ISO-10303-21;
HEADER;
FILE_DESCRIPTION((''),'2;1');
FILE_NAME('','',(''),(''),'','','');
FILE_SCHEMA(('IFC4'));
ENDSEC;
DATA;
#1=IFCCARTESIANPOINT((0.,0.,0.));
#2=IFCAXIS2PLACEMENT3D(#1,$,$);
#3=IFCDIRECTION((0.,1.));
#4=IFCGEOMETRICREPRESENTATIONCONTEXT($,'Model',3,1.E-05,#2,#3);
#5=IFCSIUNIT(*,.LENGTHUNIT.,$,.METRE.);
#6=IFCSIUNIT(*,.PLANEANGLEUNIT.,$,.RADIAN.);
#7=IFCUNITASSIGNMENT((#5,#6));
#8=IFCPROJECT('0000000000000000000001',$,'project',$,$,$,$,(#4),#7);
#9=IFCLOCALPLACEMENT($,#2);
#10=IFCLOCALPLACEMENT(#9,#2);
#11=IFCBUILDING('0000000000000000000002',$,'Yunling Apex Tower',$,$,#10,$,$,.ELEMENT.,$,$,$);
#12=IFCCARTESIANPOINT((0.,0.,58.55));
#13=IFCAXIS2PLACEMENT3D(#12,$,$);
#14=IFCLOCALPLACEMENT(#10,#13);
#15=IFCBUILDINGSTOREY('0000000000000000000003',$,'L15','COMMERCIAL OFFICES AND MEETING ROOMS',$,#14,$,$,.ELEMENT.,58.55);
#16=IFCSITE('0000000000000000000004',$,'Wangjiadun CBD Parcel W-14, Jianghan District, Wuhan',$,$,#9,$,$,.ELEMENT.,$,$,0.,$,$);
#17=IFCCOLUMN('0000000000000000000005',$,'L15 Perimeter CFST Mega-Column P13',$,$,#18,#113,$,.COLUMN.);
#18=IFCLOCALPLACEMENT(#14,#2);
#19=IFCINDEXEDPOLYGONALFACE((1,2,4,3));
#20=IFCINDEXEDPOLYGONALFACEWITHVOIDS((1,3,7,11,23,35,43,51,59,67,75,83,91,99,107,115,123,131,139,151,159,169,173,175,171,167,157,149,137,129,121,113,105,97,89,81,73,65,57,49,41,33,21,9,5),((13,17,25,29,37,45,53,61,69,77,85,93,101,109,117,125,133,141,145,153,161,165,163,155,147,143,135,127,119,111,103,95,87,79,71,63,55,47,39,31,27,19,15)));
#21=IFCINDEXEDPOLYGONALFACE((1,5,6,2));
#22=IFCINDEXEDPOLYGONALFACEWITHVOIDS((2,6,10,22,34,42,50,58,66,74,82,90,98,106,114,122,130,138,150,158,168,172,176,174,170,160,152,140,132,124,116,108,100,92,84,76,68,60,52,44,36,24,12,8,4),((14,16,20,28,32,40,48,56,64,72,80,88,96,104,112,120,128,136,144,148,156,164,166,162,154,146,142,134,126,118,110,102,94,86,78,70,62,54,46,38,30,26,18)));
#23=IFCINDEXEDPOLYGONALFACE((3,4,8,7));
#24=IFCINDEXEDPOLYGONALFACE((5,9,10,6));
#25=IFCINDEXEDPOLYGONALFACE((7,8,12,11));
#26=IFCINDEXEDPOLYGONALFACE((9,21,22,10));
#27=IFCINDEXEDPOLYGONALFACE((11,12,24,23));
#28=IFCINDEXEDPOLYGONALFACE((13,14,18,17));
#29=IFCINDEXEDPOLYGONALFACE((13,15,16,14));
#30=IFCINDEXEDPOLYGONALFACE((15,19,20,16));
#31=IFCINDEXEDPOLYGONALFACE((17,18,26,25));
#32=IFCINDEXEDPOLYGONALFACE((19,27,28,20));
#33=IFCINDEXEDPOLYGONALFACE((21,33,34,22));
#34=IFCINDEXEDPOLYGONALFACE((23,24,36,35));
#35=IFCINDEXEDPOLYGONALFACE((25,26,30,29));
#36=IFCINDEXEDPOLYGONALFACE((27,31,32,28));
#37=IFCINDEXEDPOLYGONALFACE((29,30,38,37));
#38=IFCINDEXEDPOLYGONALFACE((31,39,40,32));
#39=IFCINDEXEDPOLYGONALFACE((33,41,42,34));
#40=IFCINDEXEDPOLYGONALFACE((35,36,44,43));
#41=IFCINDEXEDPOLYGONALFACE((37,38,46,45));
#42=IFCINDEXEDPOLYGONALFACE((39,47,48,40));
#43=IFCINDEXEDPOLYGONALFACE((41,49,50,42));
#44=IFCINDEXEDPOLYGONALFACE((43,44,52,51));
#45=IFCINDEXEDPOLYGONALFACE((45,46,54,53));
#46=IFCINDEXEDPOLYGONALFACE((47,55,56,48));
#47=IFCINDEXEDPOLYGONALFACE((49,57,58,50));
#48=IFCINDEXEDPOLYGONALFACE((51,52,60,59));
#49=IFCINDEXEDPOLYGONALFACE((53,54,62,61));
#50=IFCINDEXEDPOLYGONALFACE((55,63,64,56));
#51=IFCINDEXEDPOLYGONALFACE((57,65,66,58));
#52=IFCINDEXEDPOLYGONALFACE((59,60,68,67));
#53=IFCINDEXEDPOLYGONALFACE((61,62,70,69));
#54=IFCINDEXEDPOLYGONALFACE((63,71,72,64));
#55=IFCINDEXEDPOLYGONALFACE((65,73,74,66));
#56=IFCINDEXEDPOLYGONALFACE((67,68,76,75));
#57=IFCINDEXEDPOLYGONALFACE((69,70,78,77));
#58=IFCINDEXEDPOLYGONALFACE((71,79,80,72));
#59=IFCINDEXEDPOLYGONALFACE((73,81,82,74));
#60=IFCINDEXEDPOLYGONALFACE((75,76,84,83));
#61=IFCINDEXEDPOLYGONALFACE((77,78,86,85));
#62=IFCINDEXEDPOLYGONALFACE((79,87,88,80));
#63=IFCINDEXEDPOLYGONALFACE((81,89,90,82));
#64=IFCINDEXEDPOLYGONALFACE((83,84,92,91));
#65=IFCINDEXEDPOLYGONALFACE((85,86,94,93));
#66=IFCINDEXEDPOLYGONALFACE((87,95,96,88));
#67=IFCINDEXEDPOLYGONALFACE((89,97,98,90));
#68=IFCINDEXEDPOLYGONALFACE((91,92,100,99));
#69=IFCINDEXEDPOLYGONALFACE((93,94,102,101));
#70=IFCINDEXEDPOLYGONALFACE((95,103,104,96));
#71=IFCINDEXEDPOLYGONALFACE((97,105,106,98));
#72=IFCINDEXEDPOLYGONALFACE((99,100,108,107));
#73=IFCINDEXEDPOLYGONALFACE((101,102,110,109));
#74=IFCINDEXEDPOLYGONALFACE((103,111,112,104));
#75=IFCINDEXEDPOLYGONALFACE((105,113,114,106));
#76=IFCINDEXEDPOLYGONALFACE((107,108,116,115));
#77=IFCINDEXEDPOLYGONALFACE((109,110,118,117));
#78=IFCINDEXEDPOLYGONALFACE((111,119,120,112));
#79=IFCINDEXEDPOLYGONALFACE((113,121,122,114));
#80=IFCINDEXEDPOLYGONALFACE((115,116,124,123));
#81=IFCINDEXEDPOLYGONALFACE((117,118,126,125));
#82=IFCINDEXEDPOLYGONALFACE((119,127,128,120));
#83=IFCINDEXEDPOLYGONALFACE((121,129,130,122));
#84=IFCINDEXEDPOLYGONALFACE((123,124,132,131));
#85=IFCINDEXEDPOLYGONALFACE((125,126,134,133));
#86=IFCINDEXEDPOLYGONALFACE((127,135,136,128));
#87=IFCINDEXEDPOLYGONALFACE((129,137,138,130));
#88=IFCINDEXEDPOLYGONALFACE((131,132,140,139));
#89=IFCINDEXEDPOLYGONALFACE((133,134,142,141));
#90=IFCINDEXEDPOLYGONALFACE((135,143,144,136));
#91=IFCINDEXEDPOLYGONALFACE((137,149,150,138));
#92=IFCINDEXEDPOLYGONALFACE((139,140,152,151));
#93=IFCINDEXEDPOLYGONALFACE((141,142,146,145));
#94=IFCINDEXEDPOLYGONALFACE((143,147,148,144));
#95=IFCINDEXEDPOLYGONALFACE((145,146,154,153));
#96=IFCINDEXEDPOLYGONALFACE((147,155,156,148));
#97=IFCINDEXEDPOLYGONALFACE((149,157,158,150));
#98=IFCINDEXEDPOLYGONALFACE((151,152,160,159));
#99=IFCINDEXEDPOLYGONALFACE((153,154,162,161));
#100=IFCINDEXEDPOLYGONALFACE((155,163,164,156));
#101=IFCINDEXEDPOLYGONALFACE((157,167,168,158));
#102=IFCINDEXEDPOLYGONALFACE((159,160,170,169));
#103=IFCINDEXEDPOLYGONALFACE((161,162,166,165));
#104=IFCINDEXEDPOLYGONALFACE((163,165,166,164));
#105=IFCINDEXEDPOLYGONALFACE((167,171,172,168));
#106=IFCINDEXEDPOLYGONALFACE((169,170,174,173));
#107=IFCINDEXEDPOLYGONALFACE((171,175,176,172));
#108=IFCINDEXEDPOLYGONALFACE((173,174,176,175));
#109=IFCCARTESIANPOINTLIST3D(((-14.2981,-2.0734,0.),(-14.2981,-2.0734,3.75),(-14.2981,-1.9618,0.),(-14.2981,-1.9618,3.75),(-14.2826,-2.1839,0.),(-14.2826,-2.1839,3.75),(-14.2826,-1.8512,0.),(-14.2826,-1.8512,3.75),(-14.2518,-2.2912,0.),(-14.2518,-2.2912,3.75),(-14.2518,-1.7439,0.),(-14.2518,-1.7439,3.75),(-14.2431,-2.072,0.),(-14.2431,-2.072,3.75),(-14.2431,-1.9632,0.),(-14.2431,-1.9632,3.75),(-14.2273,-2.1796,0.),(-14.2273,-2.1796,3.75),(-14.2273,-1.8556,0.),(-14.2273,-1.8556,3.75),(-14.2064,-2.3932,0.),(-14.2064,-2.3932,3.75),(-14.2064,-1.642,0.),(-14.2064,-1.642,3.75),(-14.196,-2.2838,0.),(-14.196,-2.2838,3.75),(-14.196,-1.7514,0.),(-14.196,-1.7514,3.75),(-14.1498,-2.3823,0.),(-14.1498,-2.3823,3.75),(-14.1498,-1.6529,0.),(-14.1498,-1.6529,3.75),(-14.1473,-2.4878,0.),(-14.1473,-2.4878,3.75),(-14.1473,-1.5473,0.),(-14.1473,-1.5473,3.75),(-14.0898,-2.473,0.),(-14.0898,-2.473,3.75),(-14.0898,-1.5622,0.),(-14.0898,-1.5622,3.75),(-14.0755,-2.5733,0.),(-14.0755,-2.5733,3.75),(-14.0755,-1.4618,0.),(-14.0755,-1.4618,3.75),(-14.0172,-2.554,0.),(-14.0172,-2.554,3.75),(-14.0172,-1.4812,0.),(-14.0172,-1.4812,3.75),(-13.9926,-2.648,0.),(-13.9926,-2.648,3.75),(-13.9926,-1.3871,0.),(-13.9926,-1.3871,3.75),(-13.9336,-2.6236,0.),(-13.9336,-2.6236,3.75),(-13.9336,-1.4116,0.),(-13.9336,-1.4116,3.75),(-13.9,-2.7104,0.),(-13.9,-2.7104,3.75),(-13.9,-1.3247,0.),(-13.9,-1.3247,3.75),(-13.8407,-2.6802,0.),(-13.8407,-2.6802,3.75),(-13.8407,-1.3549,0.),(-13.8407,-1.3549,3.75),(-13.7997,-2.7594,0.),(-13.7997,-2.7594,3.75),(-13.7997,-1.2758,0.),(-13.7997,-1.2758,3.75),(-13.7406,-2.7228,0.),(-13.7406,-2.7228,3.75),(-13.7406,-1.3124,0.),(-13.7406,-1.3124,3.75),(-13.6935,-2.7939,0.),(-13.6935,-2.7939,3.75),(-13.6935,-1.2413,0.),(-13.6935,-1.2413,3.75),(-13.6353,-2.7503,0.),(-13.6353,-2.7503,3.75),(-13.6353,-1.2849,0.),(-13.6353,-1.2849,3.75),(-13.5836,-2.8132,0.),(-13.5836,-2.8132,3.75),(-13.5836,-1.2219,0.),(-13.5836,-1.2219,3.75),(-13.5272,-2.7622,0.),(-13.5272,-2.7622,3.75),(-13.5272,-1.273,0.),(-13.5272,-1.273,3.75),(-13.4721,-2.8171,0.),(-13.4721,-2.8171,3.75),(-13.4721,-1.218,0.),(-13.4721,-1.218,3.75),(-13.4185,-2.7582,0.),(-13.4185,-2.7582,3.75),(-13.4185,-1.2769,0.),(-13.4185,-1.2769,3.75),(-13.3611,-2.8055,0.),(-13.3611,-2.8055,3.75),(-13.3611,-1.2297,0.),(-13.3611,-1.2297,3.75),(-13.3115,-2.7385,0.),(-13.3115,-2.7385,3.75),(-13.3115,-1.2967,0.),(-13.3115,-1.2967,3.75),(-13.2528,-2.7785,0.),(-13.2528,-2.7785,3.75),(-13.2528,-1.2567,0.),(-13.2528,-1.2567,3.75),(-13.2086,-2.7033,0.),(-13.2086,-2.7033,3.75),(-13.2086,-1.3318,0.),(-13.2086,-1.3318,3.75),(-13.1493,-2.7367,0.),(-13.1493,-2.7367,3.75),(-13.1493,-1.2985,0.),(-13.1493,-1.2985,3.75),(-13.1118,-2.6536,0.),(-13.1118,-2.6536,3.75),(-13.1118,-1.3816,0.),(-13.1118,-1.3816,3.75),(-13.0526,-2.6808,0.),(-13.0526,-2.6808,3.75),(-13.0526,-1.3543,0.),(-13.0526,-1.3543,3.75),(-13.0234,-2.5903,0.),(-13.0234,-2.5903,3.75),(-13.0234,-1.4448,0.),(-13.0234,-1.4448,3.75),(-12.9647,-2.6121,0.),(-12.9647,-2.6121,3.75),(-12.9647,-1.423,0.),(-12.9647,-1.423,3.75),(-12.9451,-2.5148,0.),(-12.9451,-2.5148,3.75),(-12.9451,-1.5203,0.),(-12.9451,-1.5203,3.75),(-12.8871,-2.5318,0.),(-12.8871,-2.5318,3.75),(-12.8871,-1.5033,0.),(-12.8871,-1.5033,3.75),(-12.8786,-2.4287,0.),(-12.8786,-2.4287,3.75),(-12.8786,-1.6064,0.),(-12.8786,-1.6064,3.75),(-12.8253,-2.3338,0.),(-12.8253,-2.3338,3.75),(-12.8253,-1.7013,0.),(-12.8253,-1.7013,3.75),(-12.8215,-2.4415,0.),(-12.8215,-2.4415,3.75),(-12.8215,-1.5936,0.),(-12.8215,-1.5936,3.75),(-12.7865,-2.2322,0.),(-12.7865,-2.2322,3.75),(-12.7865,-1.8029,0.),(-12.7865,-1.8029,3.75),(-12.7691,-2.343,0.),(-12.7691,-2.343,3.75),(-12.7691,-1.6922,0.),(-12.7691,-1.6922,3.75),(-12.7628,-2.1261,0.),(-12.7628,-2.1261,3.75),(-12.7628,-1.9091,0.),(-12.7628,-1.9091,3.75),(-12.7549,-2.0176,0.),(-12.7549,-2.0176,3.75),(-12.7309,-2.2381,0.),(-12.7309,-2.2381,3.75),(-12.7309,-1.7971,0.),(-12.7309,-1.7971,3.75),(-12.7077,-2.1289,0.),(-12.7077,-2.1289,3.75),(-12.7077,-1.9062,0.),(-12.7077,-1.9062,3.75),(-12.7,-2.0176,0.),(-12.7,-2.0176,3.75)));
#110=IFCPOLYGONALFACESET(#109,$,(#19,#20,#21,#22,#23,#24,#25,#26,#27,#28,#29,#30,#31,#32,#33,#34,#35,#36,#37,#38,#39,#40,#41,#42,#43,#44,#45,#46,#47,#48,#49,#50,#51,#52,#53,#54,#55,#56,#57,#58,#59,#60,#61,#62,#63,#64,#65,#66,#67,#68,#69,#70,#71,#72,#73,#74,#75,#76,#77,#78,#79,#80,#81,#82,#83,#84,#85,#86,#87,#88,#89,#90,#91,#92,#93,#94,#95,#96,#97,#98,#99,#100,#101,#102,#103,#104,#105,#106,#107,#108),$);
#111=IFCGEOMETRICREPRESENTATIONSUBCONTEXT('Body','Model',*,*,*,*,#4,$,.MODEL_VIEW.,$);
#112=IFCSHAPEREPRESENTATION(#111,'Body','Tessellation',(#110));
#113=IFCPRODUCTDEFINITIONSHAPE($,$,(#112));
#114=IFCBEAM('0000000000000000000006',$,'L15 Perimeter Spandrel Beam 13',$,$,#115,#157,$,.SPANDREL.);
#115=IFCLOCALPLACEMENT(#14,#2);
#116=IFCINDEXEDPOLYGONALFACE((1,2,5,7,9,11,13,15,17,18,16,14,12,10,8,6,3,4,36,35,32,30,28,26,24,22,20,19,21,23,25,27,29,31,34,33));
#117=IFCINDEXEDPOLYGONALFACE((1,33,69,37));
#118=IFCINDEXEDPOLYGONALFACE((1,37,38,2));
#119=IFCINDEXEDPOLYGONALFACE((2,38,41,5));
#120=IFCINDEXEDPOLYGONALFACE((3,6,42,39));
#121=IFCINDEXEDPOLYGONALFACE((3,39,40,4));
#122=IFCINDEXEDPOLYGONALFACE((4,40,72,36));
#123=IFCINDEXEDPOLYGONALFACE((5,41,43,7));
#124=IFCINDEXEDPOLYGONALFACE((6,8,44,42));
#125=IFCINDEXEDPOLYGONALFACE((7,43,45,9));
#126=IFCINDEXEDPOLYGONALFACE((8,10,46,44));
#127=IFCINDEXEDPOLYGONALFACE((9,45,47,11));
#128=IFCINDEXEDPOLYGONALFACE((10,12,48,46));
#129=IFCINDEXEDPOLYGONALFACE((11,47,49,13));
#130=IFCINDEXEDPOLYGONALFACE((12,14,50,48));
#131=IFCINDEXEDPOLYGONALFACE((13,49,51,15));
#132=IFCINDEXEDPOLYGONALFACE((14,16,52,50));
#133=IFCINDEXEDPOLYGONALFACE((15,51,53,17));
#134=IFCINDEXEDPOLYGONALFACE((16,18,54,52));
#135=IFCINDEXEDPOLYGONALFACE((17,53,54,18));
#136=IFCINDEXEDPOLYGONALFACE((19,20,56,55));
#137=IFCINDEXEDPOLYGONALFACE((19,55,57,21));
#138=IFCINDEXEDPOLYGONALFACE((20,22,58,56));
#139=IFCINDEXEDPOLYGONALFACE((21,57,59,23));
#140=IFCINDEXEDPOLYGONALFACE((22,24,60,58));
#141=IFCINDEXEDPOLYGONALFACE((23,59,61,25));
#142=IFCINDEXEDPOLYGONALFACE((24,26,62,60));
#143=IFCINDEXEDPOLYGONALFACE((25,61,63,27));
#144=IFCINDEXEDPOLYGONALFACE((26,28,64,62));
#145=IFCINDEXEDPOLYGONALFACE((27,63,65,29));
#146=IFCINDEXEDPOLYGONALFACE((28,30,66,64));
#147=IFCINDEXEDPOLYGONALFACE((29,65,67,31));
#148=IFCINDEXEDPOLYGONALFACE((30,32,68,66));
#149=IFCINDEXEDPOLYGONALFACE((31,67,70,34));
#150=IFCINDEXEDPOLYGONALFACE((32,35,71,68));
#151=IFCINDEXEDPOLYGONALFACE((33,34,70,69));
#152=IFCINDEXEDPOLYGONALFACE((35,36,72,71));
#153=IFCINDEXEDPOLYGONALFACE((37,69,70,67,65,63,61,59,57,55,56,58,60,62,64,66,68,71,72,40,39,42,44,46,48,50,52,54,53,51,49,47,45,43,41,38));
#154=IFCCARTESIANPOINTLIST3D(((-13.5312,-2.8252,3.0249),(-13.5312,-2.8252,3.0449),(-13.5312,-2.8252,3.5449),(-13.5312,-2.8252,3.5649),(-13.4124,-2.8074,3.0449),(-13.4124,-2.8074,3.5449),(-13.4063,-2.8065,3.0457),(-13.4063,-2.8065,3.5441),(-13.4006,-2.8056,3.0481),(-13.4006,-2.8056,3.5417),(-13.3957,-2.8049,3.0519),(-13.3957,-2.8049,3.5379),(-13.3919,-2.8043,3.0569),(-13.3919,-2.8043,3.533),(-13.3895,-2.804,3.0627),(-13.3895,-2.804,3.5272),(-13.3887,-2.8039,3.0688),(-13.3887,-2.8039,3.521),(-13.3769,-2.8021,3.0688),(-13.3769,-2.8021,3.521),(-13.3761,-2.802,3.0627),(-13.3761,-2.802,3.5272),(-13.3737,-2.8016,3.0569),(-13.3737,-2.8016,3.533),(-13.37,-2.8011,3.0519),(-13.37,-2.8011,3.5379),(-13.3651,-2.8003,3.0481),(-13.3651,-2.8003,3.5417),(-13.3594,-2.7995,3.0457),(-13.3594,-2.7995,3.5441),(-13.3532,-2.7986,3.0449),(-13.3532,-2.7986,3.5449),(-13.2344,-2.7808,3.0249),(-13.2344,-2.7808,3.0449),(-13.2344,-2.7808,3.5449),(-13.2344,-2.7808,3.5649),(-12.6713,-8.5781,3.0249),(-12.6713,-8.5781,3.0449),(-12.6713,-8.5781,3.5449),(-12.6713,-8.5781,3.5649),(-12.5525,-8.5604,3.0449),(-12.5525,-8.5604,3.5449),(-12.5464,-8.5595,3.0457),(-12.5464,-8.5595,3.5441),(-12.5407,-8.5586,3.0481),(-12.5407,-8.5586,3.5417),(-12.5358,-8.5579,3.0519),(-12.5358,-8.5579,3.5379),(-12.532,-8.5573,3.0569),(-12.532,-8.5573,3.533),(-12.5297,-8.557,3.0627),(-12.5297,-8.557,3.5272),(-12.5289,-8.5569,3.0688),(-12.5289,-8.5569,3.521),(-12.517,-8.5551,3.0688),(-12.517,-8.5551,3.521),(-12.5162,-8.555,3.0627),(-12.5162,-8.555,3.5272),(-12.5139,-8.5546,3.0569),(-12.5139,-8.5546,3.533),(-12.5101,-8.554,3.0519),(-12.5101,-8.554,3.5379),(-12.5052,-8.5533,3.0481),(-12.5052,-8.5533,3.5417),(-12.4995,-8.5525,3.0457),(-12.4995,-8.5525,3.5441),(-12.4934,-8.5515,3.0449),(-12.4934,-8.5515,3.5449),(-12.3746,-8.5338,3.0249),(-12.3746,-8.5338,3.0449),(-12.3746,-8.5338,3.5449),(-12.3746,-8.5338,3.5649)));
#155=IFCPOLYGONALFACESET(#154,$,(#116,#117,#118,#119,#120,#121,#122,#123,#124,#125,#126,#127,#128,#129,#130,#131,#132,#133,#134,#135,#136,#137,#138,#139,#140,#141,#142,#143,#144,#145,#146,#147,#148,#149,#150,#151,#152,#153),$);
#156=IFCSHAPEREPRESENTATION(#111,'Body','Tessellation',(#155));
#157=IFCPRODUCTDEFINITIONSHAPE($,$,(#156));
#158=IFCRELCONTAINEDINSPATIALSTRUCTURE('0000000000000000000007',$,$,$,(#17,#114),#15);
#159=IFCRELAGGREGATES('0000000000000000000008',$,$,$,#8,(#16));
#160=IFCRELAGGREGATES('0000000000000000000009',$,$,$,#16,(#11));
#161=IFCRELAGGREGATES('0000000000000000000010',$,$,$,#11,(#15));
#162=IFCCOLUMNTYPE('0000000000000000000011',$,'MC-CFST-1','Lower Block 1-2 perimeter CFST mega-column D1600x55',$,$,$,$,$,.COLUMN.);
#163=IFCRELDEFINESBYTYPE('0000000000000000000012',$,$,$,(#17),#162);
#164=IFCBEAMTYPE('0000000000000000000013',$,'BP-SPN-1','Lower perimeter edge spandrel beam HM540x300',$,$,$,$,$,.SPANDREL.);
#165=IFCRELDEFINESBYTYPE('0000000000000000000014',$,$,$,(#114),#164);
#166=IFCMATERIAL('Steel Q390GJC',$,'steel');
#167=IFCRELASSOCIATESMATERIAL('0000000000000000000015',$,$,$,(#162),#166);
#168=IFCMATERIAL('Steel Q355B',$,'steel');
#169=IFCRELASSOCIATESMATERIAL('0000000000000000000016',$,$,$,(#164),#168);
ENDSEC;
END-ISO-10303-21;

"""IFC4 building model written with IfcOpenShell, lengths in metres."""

from ifc_helpers import new_model, si_unit, direction, frame, origin, origin_2d, place, context, subcontext, project, spatial, hollow_circle, i_section, extrude, source, transform, mapped, material, material_profile, profile_set, type_object, element, save


model = new_model("IFC4")

# Units and contexts
model_context = context("Model", 3, precision=1e-05, world=origin(), true_north=direction((0.0, 1.0)))
body_context = subcontext(model_context, "Body", "Model", "MODEL_VIEW")
ifc_project = project(units=[si_unit("LENGTHUNIT", "METRE"), si_unit("PLANEANGLEUNIT", "RADIAN")], contexts=[model_context])

# Site, building, storey
site_placement = place(None, origin())
site = spatial("IfcSite", under=ifc_project, at=site_placement, Name="Wangjiadun CBD Parcel W-14, Jianghan District, Wuhan", CompositionType="ELEMENT", RefElevation=0.0)
building_placement = place(site_placement, origin())
building = spatial("IfcBuilding", under=site, at=building_placement, Name="Yunling Apex Tower", CompositionType="ELEMENT")
storey_placement = place(building_placement, frame((0.0, 0.0, 58.55)))
storey = spatial("IfcBuildingStorey", under=building, at=storey_placement, Name="L15", Description="COMMERCIAL OFFICES AND MEETING ROOMS", CompositionType="ELEMENT", Elevation=58.55)

# Column
ifc_material_1 = material(Name="Steel Q390GJC", Category="steel")
ifc_material_profile_1 = material_profile(ifc_material_1, hollow_circle(Radius=0.8, WallThickness=0.0549, at=origin_2d()))
ifc_profile_set_1 = profile_set([ifc_material_profile_1], Name="Steel Q390GJC")
column_type = type_object("IfcColumnType", Name="MC-CFST-1", Description="Lower Block 1-2 perimeter CFST mega-column D1600x55", PredefinedType="COLUMN", material=ifc_profile_set_1)
shared_shape_1 = source(origin(), body_context, "Body", "SweptSolid", [
    extrude(hollow_circle(Radius=0.8, WallThickness=0.0549, at=origin_2d()), origin(), (0.0, 0.0, 1.0), 3.75),
])
column_placement = place(storey_placement, frame((-13.5, -2.0176, 0.0), z_axis=(0.0, 0.0, 1.0), x_axis=(1.0, 0.0, 0.0)))
element("IfcColumn", 1, at=column_placement, inside=storey, type_object=column_type, Name="L15 Perimeter CFST Mega-Column P13", PredefinedType="COLUMN", context=body_context, shape_type="MappedRepresentation", body=[
    mapped(shared_shape_1, transform((0.0, 0.0, 0.0), scale=1.0)),
])

# Beam
ifc_material_2 = material(Name="Steel Q355B", Category="steel")
ifc_material_profile_2 = material_profile(ifc_material_2, i_section(OverallWidth=0.3, OverallDepth=0.54, WebThickness=0.012, FlangeThickness=0.02, FilletRadius=0.0239, at=origin_2d()))
ifc_profile_set_2 = profile_set([ifc_material_profile_2], Name="Steel Q355B")
beam_type_1 = type_object("IfcBeamType", Name="BP-SPN-1", Description="Lower perimeter edge spandrel beam HM540x300", PredefinedType="SPANDREL", material=ifc_profile_set_2)
shared_shape_2 = source(origin(), body_context, "Body", "SweptSolid", [
    extrude(i_section(OverallWidth=0.3, OverallDepth=0.54, WebThickness=0.012, FlangeThickness=0.02, FilletRadius=0.0239, at=origin_2d()), origin(), (0.0, 0.0, 1.0), 5.8169),
])
beam_1_placement = place(storey_placement, frame((-13.3828, -2.803, 3.2949), z_axis=(0.147823, -0.989014, 0.0), x_axis=(0.989014, 0.147823, 0.0)))
element("IfcBeam", 2, at=beam_1_placement, inside=storey, type_object=beam_type_1, Name="L15 Perimeter Spandrel Beam 13", PredefinedType="SPANDREL", context=body_context, shape_type="MappedRepresentation", body=[
    mapped(shared_shape_2, transform((0.0, 0.0, 0.0), scale=1.0)),
])

save(model, "model.ifc")
